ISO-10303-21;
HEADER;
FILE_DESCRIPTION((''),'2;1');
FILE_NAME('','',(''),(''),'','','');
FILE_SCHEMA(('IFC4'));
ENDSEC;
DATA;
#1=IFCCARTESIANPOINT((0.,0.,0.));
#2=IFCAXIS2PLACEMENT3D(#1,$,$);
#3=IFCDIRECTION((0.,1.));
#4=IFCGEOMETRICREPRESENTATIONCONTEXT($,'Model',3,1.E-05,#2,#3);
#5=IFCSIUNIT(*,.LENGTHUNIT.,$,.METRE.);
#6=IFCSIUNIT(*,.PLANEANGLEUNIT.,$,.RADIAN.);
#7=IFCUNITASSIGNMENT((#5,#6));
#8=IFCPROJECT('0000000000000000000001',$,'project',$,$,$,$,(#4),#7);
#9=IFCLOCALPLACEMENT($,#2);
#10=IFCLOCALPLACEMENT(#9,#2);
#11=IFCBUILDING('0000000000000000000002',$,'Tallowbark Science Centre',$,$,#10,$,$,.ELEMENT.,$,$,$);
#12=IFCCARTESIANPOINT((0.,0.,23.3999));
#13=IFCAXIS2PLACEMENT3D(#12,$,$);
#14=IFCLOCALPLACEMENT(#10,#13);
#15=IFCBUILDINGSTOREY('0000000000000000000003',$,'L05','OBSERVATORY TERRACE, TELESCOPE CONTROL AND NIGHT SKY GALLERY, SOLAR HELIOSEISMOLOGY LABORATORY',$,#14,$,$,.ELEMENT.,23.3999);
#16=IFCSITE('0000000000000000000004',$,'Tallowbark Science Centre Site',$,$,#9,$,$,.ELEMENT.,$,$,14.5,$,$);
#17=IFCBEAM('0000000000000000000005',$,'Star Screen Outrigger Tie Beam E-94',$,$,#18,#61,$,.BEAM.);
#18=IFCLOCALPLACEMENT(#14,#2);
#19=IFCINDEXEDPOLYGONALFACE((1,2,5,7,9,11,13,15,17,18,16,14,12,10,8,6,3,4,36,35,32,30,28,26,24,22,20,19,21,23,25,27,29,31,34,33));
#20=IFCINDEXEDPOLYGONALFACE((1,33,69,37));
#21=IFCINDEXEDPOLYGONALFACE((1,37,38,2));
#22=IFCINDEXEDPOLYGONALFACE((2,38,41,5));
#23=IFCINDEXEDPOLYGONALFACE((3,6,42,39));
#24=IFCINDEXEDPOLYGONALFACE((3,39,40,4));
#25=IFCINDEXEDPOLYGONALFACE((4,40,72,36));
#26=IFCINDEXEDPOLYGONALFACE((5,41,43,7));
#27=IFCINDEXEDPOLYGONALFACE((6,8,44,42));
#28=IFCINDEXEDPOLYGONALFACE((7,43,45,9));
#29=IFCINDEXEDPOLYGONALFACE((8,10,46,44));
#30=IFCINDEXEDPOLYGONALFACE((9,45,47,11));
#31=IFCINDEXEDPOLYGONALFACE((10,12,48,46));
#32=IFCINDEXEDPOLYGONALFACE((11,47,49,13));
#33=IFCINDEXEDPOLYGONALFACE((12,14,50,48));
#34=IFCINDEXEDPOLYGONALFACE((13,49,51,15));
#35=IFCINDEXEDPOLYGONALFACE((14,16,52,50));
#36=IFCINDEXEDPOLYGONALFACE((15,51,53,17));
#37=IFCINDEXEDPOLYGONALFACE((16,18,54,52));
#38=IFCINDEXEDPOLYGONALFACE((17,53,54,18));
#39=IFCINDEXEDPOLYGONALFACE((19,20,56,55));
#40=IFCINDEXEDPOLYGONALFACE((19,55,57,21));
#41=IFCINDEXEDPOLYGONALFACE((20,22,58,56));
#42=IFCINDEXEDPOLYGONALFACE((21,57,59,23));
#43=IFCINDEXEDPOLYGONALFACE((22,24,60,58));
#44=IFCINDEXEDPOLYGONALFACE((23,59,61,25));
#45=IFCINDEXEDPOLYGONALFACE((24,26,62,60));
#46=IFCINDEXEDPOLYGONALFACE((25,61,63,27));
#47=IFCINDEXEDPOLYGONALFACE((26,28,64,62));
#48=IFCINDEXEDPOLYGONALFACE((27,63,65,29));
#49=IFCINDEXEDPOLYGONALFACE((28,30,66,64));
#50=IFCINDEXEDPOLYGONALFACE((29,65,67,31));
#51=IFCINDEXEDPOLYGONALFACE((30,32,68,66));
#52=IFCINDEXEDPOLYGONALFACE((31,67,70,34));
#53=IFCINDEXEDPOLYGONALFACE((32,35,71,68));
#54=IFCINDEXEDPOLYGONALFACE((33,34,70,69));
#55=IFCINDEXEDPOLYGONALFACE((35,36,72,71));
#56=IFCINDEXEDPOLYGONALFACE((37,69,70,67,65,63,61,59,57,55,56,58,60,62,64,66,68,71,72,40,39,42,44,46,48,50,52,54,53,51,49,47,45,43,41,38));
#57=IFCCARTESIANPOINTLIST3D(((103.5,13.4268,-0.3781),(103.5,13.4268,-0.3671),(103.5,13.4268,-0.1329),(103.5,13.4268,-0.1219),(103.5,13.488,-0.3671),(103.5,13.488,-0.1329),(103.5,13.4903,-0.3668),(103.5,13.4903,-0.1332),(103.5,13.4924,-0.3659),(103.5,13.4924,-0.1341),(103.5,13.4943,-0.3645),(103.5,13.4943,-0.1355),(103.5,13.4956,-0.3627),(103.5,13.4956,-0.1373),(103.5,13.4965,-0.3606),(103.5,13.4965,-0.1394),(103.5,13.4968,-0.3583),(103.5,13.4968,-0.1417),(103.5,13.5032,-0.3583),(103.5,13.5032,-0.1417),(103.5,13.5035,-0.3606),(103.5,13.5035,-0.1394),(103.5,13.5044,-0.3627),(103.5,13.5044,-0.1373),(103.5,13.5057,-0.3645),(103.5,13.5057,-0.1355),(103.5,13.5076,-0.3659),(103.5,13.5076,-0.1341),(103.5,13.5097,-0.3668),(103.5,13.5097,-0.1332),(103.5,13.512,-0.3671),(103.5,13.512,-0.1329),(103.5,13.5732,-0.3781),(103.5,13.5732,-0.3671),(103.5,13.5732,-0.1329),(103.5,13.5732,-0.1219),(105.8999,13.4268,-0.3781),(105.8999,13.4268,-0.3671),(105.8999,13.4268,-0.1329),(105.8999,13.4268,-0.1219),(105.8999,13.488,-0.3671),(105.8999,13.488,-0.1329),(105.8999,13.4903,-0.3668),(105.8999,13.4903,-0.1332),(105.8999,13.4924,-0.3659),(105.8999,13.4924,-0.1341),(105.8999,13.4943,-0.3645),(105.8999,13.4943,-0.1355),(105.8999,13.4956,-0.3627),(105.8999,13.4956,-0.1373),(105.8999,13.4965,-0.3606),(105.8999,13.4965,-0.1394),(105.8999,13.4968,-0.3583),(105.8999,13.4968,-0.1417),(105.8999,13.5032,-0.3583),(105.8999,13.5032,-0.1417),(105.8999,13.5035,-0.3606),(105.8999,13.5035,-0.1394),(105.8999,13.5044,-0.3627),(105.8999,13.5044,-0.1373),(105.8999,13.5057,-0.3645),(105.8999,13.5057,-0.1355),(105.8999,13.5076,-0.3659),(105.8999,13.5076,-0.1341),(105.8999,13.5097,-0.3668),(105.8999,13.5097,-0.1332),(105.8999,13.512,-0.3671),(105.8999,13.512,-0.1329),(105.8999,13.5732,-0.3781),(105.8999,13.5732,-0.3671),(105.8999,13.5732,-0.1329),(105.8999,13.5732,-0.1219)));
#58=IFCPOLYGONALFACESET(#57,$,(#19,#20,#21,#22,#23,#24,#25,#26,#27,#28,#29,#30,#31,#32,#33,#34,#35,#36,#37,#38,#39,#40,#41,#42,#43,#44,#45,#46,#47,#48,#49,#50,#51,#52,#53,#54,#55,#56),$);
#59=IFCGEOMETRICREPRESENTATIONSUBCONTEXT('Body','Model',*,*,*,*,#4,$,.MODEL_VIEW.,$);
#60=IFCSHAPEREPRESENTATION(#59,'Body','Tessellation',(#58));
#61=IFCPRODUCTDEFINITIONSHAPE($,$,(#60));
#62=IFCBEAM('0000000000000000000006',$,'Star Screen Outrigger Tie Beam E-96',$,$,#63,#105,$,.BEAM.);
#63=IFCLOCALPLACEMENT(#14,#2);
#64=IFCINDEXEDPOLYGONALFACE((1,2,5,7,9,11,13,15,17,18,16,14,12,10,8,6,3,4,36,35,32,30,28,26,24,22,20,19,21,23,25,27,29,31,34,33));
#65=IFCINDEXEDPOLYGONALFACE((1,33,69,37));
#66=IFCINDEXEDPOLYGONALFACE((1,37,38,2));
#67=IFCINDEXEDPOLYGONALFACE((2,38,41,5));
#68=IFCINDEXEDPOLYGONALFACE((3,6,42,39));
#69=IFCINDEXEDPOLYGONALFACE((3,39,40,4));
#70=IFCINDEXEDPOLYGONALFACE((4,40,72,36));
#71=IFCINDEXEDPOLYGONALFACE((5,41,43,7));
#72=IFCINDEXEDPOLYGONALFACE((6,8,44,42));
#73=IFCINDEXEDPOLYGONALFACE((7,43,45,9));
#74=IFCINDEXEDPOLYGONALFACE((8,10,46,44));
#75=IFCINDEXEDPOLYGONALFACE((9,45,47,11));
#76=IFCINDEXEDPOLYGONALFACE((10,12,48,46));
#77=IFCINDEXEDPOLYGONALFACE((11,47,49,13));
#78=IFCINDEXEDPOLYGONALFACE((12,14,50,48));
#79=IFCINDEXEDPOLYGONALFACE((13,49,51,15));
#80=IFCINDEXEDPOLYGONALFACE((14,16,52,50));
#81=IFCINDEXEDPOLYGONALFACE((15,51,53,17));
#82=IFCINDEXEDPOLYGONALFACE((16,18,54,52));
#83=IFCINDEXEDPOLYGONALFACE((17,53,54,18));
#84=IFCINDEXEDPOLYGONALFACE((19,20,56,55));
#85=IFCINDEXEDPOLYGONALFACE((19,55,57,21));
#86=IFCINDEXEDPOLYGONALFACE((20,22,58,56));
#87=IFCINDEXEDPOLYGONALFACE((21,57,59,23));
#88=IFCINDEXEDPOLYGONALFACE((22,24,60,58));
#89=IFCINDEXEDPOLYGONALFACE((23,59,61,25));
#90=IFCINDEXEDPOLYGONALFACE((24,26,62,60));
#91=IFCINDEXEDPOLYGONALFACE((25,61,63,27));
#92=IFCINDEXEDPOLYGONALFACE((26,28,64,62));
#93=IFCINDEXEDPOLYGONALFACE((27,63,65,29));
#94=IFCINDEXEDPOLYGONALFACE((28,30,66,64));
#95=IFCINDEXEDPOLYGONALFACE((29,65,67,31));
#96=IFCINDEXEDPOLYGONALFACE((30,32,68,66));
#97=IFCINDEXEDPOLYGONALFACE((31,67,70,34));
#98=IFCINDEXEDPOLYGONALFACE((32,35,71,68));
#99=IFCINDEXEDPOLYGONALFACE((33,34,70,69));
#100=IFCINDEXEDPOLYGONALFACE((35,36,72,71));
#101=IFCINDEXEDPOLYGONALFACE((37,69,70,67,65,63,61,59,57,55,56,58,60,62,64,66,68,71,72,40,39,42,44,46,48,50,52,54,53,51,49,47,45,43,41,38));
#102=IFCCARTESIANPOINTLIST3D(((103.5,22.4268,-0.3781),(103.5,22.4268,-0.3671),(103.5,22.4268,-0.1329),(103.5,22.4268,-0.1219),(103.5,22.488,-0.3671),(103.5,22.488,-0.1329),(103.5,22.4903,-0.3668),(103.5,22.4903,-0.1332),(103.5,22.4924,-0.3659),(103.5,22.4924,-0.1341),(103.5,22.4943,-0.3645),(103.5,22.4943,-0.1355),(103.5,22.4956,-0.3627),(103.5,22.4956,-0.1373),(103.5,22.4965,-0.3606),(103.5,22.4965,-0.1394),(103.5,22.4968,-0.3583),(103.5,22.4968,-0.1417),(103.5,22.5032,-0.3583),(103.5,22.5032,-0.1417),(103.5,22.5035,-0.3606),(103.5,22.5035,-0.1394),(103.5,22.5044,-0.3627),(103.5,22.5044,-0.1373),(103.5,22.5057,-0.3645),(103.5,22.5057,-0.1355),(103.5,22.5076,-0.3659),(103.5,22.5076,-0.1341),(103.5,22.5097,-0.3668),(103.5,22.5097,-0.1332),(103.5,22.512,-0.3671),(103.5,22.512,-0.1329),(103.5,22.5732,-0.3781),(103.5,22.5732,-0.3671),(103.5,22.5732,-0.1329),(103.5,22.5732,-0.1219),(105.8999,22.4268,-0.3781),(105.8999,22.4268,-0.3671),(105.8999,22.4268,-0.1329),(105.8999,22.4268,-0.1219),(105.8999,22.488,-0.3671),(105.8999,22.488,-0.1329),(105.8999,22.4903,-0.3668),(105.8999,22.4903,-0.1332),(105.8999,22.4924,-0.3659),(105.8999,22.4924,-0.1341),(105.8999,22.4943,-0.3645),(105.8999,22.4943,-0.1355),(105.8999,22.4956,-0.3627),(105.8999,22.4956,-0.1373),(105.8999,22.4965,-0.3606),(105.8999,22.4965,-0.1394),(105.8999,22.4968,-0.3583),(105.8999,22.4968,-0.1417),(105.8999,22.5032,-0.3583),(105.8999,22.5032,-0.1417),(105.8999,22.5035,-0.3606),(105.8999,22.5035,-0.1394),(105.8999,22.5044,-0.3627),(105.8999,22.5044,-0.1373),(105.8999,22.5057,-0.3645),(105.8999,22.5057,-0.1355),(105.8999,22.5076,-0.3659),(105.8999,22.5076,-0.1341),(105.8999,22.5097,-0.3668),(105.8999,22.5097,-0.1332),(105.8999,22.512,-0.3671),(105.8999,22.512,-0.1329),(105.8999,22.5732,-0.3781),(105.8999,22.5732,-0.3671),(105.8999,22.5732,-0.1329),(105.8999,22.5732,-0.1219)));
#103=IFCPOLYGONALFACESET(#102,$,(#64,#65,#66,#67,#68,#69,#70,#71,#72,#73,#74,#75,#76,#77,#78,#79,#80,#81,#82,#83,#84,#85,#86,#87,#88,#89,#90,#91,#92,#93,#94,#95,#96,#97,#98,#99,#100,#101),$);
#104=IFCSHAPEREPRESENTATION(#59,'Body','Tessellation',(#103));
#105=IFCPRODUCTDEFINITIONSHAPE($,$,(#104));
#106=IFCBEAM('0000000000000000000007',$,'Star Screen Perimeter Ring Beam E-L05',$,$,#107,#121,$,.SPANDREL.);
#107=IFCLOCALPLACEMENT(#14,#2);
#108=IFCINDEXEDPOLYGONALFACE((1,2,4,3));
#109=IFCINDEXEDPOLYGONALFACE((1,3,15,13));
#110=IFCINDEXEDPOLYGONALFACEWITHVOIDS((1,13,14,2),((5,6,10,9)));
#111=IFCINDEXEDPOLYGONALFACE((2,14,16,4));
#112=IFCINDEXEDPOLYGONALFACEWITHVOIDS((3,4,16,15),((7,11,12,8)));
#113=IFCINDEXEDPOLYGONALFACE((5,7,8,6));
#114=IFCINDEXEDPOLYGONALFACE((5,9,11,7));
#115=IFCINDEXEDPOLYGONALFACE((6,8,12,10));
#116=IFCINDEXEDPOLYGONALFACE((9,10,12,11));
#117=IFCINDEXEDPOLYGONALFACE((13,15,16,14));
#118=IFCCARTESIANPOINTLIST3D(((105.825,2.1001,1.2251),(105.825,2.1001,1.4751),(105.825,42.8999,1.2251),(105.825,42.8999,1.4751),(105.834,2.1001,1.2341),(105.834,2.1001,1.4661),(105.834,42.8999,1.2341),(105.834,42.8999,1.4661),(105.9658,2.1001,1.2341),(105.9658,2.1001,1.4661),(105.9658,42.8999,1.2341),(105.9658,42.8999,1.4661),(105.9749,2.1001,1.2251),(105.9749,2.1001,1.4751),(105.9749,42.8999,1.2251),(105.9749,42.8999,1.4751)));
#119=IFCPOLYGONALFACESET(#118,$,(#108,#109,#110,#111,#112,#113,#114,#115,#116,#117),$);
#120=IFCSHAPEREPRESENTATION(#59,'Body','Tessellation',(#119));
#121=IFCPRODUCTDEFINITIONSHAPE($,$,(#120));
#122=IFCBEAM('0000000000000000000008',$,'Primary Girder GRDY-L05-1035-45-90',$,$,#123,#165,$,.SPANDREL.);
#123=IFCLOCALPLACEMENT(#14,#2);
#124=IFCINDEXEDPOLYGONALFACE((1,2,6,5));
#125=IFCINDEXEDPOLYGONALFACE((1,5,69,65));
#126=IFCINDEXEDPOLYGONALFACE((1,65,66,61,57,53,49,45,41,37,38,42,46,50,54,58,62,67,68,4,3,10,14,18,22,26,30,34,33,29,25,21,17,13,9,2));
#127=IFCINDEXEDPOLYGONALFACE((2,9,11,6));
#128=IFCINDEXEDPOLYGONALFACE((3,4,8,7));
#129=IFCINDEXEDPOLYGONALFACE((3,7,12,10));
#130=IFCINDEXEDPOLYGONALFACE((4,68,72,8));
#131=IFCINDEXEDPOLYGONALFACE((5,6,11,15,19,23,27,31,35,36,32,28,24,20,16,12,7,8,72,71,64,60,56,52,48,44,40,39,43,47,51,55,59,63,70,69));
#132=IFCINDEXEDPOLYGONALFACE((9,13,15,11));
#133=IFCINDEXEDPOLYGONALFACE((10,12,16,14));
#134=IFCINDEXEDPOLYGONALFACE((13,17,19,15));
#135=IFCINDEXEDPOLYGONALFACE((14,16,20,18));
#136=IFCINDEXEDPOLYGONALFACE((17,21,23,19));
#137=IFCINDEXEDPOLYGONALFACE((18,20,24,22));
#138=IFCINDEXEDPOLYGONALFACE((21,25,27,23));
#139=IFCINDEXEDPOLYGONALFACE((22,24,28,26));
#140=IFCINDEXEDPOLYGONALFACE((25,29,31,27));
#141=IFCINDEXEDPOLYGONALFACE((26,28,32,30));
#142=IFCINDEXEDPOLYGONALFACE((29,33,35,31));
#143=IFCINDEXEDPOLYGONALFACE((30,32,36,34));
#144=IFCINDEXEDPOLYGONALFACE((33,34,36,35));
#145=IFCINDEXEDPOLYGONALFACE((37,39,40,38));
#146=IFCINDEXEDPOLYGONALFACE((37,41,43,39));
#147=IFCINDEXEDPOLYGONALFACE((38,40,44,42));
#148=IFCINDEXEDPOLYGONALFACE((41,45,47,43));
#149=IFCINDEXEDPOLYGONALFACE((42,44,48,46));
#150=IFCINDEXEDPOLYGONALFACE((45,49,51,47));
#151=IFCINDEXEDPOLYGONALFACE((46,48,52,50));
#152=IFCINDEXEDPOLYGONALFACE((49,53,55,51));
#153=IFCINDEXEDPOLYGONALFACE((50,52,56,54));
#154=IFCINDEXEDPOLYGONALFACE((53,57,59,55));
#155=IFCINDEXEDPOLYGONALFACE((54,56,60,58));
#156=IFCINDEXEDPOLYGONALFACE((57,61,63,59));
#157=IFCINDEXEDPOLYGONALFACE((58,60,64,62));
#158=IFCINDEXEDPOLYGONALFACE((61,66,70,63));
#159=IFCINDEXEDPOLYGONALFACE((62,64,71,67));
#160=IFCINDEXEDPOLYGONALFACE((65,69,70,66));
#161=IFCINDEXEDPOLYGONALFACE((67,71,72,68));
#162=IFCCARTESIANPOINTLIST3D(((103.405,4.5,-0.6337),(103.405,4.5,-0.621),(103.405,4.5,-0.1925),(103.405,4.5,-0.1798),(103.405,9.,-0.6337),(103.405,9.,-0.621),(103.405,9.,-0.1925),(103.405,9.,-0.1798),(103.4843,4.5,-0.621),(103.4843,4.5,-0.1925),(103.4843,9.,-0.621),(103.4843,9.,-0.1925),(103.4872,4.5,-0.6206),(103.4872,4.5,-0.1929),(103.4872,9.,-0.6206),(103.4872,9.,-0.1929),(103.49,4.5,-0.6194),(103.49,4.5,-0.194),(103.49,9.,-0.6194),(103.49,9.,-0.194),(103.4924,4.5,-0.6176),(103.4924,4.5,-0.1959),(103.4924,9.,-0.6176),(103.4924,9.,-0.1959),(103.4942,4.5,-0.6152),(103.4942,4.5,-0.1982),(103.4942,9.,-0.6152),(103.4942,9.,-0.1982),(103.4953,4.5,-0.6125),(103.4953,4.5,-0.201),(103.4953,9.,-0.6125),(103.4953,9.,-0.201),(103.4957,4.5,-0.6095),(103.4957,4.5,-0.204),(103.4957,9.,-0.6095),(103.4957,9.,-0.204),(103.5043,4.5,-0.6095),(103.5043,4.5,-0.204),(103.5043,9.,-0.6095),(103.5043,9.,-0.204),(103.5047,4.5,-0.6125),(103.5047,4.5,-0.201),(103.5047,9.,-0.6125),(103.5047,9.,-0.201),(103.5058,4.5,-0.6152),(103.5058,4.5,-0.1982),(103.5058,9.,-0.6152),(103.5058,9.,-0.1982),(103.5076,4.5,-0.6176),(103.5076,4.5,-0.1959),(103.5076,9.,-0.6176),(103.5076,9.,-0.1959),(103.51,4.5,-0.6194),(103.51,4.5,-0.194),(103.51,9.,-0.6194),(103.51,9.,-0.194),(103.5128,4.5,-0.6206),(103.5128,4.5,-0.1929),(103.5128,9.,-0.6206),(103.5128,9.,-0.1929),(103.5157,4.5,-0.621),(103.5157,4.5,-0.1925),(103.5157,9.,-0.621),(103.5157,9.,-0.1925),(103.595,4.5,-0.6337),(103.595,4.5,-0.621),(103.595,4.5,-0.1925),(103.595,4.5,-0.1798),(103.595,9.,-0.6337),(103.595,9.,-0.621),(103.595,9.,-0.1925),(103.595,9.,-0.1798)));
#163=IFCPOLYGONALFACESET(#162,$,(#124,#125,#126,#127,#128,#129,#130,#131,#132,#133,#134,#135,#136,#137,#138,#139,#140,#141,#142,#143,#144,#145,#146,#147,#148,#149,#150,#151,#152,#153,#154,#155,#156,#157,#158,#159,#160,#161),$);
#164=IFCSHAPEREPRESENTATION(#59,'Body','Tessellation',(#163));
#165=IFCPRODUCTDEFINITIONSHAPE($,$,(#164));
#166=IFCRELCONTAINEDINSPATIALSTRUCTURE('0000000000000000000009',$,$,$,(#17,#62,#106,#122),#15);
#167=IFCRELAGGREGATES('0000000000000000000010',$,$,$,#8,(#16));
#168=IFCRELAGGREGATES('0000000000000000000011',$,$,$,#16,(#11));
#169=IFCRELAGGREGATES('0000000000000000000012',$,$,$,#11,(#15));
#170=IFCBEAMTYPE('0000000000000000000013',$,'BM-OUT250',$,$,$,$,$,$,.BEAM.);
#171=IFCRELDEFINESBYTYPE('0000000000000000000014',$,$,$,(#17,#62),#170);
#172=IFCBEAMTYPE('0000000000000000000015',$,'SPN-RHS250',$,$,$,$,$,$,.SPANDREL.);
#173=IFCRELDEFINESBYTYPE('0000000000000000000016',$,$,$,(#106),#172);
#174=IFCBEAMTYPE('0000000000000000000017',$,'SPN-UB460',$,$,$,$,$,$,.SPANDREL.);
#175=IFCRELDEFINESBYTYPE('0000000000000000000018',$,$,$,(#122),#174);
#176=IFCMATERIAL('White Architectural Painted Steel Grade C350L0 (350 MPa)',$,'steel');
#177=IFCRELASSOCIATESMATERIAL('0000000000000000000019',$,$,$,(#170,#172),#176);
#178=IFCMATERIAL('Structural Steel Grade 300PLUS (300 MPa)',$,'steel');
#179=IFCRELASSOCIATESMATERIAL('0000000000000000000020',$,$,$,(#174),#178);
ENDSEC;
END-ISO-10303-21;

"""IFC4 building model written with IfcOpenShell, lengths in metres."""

from ifc_helpers import new_model, si_unit, direction, frame, origin, origin_2d, place, context, subcontext, project, spatial, hollow_rectangle, i_section, extrude, material, material_profile, profile_set, type_object, element, save


model = new_model("IFC4")

# Units and contexts
model_context = context("Model", 3, precision=1e-05, world=origin(), true_north=direction((0.0, 1.0)))
body_context = subcontext(model_context, "Body", "Model", "MODEL_VIEW")
ifc_project = project(units=[si_unit("LENGTHUNIT", "METRE"), si_unit("PLANEANGLEUNIT", "RADIAN")], contexts=[model_context])

# Site, building, storey
site_placement = place(None, origin())
site = spatial("IfcSite", under=ifc_project, at=site_placement, Name="Tallowbark Science Centre Site", CompositionType="ELEMENT", RefElevation=14.5)
building_placement = place(site_placement, origin())
building = spatial("IfcBuilding", under=site, at=building_placement, Name="Tallowbark Science Centre", CompositionType="ELEMENT")
storey_placement = place(building_placement, frame((0.0, 0.0, 23.3999)))
storey = spatial("IfcBuildingStorey", under=building, at=storey_placement, Name="L05", Description="OBSERVATORY TERRACE, TELESCOPE CONTROL AND NIGHT SKY GALLERY, SOLAR HELIOSEISMOLOGY LABORATORY", CompositionType="ELEMENT", Elevation=23.3999)

# Shared definitions
ifc_material_1 = material(Name="White Architectural Painted Steel Grade C350L0 (350 MPa)", Category="steel")

# Beams
ifc_material_profile_1 = material_profile(ifc_material_1, i_section(OverallWidth=0.1465, OverallDepth=0.2561, WebThickness=0.0063, FlangeThickness=0.011, FilletRadius=0.0088, at=origin_2d()), Name="250UB37.3")
ifc_profile_set_1 = profile_set([ifc_material_profile_1], Name="White Architectural Painted Steel Grade C350L0 (350 MPa)")
beam_type_1 = type_object("IfcBeamType", Name="BM-OUT250", PredefinedType="BEAM", material=ifc_profile_set_1)
for number, where, z_axis, x_axis, name in (
    (1, (103.5, 13.5, -0.25), (1.0, 0.0, 0.0), (0.0, 1.0, 0.0), "Star Screen Outrigger Tie Beam E-94"),
    (2, (103.5, 22.5, -0.25), (1.0, 0.0, 0.0), (0.0, 1.0, 0.0), "Star Screen Outrigger Tie Beam E-96"),
):
    element("IfcBeam", number, at=place(storey_placement, frame(where, z_axis=z_axis, x_axis=x_axis)), inside=storey, type_object=beam_type_1, Name=name, PredefinedType="BEAM", context=body_context, shape_type="SweptSolid", body=[
        extrude(i_section(OverallWidth=0.1465, OverallDepth=0.2561, WebThickness=0.0063, FlangeThickness=0.011, FilletRadius=0.0088, at=origin_2d()), origin(), (0.0, 0.0, 1.0), 2.3999),
    ])
ifc_material_profile_2 = material_profile(ifc_material_1, hollow_rectangle(XDim=0.1499, YDim=0.25, WallThickness=0.009, at=origin_2d()), Name="250x150x9.0RHS")
ifc_profile_set_2 = profile_set([ifc_material_profile_2], Name="White Architectural Painted Steel Grade C350L0 (350 MPa)")
beam_type_2 = type_object("IfcBeamType", Name="SPN-RHS250", PredefinedType="SPANDREL", material=ifc_profile_set_2)
beam_placement = place(storey_placement, frame((105.8999, 2.1001, 1.3501), z_axis=(0.0, 1.0, 0.0), x_axis=(-1.0, 0.0, 0.0)))
element("IfcBeam", 3, at=beam_placement, inside=storey, type_object=beam_type_2, Name="Star Screen Perimeter Ring Beam E-L05", PredefinedType="SPANDREL", context=body_context, shape_type="SweptSolid", body=[
    extrude(hollow_rectangle(XDim=0.1499, YDim=0.25, WallThickness=0.009, at=origin_2d()), origin(), (0.0, 0.0, 1.0), 40.7998),
])
ifc_material_2 = material(Name="Structural Steel Grade 300PLUS (300 MPa)", Category="steel")
ifc_material_profile_3 = material_profile(ifc_material_2, i_section(OverallWidth=0.1899, OverallDepth=0.4539, WebThickness=0.0085, FlangeThickness=0.0127, FilletRadius=0.0115, at=origin_2d()), Name="460UB67.1")
ifc_profile_set_3 = profile_set([ifc_material_profile_3], Name="Structural Steel Grade 300PLUS (300 MPa)")
beam_type_3 = type_object("IfcBeamType", Name="SPN-UB460", PredefinedType="SPANDREL", material=ifc_profile_set_3)
for number, where, z_axis, x_axis, name in (
    (4, (103.5, 4.5, -0.4067), (0.0, 1.0, 0.0), (-1.0, 0.0, 0.0), "Primary Girder GRDY-L05-1035-45-90"),
):
    element("IfcBeam", number, at=place(storey_placement, frame(where, z_axis=z_axis, x_axis=x_axis)), inside=storey, type_object=beam_type_3, Name=name, PredefinedType="SPANDREL", context=body_context, shape_type="SweptSolid", body=[
        extrude(i_section(OverallWidth=0.1899, OverallDepth=0.4539, WebThickness=0.0085, FlangeThickness=0.0127, FilletRadius=0.0115, at=origin_2d()), origin(), (0.0, 0.0, 1.0), 4.5),
    ])

save(model, "model.ifc")
